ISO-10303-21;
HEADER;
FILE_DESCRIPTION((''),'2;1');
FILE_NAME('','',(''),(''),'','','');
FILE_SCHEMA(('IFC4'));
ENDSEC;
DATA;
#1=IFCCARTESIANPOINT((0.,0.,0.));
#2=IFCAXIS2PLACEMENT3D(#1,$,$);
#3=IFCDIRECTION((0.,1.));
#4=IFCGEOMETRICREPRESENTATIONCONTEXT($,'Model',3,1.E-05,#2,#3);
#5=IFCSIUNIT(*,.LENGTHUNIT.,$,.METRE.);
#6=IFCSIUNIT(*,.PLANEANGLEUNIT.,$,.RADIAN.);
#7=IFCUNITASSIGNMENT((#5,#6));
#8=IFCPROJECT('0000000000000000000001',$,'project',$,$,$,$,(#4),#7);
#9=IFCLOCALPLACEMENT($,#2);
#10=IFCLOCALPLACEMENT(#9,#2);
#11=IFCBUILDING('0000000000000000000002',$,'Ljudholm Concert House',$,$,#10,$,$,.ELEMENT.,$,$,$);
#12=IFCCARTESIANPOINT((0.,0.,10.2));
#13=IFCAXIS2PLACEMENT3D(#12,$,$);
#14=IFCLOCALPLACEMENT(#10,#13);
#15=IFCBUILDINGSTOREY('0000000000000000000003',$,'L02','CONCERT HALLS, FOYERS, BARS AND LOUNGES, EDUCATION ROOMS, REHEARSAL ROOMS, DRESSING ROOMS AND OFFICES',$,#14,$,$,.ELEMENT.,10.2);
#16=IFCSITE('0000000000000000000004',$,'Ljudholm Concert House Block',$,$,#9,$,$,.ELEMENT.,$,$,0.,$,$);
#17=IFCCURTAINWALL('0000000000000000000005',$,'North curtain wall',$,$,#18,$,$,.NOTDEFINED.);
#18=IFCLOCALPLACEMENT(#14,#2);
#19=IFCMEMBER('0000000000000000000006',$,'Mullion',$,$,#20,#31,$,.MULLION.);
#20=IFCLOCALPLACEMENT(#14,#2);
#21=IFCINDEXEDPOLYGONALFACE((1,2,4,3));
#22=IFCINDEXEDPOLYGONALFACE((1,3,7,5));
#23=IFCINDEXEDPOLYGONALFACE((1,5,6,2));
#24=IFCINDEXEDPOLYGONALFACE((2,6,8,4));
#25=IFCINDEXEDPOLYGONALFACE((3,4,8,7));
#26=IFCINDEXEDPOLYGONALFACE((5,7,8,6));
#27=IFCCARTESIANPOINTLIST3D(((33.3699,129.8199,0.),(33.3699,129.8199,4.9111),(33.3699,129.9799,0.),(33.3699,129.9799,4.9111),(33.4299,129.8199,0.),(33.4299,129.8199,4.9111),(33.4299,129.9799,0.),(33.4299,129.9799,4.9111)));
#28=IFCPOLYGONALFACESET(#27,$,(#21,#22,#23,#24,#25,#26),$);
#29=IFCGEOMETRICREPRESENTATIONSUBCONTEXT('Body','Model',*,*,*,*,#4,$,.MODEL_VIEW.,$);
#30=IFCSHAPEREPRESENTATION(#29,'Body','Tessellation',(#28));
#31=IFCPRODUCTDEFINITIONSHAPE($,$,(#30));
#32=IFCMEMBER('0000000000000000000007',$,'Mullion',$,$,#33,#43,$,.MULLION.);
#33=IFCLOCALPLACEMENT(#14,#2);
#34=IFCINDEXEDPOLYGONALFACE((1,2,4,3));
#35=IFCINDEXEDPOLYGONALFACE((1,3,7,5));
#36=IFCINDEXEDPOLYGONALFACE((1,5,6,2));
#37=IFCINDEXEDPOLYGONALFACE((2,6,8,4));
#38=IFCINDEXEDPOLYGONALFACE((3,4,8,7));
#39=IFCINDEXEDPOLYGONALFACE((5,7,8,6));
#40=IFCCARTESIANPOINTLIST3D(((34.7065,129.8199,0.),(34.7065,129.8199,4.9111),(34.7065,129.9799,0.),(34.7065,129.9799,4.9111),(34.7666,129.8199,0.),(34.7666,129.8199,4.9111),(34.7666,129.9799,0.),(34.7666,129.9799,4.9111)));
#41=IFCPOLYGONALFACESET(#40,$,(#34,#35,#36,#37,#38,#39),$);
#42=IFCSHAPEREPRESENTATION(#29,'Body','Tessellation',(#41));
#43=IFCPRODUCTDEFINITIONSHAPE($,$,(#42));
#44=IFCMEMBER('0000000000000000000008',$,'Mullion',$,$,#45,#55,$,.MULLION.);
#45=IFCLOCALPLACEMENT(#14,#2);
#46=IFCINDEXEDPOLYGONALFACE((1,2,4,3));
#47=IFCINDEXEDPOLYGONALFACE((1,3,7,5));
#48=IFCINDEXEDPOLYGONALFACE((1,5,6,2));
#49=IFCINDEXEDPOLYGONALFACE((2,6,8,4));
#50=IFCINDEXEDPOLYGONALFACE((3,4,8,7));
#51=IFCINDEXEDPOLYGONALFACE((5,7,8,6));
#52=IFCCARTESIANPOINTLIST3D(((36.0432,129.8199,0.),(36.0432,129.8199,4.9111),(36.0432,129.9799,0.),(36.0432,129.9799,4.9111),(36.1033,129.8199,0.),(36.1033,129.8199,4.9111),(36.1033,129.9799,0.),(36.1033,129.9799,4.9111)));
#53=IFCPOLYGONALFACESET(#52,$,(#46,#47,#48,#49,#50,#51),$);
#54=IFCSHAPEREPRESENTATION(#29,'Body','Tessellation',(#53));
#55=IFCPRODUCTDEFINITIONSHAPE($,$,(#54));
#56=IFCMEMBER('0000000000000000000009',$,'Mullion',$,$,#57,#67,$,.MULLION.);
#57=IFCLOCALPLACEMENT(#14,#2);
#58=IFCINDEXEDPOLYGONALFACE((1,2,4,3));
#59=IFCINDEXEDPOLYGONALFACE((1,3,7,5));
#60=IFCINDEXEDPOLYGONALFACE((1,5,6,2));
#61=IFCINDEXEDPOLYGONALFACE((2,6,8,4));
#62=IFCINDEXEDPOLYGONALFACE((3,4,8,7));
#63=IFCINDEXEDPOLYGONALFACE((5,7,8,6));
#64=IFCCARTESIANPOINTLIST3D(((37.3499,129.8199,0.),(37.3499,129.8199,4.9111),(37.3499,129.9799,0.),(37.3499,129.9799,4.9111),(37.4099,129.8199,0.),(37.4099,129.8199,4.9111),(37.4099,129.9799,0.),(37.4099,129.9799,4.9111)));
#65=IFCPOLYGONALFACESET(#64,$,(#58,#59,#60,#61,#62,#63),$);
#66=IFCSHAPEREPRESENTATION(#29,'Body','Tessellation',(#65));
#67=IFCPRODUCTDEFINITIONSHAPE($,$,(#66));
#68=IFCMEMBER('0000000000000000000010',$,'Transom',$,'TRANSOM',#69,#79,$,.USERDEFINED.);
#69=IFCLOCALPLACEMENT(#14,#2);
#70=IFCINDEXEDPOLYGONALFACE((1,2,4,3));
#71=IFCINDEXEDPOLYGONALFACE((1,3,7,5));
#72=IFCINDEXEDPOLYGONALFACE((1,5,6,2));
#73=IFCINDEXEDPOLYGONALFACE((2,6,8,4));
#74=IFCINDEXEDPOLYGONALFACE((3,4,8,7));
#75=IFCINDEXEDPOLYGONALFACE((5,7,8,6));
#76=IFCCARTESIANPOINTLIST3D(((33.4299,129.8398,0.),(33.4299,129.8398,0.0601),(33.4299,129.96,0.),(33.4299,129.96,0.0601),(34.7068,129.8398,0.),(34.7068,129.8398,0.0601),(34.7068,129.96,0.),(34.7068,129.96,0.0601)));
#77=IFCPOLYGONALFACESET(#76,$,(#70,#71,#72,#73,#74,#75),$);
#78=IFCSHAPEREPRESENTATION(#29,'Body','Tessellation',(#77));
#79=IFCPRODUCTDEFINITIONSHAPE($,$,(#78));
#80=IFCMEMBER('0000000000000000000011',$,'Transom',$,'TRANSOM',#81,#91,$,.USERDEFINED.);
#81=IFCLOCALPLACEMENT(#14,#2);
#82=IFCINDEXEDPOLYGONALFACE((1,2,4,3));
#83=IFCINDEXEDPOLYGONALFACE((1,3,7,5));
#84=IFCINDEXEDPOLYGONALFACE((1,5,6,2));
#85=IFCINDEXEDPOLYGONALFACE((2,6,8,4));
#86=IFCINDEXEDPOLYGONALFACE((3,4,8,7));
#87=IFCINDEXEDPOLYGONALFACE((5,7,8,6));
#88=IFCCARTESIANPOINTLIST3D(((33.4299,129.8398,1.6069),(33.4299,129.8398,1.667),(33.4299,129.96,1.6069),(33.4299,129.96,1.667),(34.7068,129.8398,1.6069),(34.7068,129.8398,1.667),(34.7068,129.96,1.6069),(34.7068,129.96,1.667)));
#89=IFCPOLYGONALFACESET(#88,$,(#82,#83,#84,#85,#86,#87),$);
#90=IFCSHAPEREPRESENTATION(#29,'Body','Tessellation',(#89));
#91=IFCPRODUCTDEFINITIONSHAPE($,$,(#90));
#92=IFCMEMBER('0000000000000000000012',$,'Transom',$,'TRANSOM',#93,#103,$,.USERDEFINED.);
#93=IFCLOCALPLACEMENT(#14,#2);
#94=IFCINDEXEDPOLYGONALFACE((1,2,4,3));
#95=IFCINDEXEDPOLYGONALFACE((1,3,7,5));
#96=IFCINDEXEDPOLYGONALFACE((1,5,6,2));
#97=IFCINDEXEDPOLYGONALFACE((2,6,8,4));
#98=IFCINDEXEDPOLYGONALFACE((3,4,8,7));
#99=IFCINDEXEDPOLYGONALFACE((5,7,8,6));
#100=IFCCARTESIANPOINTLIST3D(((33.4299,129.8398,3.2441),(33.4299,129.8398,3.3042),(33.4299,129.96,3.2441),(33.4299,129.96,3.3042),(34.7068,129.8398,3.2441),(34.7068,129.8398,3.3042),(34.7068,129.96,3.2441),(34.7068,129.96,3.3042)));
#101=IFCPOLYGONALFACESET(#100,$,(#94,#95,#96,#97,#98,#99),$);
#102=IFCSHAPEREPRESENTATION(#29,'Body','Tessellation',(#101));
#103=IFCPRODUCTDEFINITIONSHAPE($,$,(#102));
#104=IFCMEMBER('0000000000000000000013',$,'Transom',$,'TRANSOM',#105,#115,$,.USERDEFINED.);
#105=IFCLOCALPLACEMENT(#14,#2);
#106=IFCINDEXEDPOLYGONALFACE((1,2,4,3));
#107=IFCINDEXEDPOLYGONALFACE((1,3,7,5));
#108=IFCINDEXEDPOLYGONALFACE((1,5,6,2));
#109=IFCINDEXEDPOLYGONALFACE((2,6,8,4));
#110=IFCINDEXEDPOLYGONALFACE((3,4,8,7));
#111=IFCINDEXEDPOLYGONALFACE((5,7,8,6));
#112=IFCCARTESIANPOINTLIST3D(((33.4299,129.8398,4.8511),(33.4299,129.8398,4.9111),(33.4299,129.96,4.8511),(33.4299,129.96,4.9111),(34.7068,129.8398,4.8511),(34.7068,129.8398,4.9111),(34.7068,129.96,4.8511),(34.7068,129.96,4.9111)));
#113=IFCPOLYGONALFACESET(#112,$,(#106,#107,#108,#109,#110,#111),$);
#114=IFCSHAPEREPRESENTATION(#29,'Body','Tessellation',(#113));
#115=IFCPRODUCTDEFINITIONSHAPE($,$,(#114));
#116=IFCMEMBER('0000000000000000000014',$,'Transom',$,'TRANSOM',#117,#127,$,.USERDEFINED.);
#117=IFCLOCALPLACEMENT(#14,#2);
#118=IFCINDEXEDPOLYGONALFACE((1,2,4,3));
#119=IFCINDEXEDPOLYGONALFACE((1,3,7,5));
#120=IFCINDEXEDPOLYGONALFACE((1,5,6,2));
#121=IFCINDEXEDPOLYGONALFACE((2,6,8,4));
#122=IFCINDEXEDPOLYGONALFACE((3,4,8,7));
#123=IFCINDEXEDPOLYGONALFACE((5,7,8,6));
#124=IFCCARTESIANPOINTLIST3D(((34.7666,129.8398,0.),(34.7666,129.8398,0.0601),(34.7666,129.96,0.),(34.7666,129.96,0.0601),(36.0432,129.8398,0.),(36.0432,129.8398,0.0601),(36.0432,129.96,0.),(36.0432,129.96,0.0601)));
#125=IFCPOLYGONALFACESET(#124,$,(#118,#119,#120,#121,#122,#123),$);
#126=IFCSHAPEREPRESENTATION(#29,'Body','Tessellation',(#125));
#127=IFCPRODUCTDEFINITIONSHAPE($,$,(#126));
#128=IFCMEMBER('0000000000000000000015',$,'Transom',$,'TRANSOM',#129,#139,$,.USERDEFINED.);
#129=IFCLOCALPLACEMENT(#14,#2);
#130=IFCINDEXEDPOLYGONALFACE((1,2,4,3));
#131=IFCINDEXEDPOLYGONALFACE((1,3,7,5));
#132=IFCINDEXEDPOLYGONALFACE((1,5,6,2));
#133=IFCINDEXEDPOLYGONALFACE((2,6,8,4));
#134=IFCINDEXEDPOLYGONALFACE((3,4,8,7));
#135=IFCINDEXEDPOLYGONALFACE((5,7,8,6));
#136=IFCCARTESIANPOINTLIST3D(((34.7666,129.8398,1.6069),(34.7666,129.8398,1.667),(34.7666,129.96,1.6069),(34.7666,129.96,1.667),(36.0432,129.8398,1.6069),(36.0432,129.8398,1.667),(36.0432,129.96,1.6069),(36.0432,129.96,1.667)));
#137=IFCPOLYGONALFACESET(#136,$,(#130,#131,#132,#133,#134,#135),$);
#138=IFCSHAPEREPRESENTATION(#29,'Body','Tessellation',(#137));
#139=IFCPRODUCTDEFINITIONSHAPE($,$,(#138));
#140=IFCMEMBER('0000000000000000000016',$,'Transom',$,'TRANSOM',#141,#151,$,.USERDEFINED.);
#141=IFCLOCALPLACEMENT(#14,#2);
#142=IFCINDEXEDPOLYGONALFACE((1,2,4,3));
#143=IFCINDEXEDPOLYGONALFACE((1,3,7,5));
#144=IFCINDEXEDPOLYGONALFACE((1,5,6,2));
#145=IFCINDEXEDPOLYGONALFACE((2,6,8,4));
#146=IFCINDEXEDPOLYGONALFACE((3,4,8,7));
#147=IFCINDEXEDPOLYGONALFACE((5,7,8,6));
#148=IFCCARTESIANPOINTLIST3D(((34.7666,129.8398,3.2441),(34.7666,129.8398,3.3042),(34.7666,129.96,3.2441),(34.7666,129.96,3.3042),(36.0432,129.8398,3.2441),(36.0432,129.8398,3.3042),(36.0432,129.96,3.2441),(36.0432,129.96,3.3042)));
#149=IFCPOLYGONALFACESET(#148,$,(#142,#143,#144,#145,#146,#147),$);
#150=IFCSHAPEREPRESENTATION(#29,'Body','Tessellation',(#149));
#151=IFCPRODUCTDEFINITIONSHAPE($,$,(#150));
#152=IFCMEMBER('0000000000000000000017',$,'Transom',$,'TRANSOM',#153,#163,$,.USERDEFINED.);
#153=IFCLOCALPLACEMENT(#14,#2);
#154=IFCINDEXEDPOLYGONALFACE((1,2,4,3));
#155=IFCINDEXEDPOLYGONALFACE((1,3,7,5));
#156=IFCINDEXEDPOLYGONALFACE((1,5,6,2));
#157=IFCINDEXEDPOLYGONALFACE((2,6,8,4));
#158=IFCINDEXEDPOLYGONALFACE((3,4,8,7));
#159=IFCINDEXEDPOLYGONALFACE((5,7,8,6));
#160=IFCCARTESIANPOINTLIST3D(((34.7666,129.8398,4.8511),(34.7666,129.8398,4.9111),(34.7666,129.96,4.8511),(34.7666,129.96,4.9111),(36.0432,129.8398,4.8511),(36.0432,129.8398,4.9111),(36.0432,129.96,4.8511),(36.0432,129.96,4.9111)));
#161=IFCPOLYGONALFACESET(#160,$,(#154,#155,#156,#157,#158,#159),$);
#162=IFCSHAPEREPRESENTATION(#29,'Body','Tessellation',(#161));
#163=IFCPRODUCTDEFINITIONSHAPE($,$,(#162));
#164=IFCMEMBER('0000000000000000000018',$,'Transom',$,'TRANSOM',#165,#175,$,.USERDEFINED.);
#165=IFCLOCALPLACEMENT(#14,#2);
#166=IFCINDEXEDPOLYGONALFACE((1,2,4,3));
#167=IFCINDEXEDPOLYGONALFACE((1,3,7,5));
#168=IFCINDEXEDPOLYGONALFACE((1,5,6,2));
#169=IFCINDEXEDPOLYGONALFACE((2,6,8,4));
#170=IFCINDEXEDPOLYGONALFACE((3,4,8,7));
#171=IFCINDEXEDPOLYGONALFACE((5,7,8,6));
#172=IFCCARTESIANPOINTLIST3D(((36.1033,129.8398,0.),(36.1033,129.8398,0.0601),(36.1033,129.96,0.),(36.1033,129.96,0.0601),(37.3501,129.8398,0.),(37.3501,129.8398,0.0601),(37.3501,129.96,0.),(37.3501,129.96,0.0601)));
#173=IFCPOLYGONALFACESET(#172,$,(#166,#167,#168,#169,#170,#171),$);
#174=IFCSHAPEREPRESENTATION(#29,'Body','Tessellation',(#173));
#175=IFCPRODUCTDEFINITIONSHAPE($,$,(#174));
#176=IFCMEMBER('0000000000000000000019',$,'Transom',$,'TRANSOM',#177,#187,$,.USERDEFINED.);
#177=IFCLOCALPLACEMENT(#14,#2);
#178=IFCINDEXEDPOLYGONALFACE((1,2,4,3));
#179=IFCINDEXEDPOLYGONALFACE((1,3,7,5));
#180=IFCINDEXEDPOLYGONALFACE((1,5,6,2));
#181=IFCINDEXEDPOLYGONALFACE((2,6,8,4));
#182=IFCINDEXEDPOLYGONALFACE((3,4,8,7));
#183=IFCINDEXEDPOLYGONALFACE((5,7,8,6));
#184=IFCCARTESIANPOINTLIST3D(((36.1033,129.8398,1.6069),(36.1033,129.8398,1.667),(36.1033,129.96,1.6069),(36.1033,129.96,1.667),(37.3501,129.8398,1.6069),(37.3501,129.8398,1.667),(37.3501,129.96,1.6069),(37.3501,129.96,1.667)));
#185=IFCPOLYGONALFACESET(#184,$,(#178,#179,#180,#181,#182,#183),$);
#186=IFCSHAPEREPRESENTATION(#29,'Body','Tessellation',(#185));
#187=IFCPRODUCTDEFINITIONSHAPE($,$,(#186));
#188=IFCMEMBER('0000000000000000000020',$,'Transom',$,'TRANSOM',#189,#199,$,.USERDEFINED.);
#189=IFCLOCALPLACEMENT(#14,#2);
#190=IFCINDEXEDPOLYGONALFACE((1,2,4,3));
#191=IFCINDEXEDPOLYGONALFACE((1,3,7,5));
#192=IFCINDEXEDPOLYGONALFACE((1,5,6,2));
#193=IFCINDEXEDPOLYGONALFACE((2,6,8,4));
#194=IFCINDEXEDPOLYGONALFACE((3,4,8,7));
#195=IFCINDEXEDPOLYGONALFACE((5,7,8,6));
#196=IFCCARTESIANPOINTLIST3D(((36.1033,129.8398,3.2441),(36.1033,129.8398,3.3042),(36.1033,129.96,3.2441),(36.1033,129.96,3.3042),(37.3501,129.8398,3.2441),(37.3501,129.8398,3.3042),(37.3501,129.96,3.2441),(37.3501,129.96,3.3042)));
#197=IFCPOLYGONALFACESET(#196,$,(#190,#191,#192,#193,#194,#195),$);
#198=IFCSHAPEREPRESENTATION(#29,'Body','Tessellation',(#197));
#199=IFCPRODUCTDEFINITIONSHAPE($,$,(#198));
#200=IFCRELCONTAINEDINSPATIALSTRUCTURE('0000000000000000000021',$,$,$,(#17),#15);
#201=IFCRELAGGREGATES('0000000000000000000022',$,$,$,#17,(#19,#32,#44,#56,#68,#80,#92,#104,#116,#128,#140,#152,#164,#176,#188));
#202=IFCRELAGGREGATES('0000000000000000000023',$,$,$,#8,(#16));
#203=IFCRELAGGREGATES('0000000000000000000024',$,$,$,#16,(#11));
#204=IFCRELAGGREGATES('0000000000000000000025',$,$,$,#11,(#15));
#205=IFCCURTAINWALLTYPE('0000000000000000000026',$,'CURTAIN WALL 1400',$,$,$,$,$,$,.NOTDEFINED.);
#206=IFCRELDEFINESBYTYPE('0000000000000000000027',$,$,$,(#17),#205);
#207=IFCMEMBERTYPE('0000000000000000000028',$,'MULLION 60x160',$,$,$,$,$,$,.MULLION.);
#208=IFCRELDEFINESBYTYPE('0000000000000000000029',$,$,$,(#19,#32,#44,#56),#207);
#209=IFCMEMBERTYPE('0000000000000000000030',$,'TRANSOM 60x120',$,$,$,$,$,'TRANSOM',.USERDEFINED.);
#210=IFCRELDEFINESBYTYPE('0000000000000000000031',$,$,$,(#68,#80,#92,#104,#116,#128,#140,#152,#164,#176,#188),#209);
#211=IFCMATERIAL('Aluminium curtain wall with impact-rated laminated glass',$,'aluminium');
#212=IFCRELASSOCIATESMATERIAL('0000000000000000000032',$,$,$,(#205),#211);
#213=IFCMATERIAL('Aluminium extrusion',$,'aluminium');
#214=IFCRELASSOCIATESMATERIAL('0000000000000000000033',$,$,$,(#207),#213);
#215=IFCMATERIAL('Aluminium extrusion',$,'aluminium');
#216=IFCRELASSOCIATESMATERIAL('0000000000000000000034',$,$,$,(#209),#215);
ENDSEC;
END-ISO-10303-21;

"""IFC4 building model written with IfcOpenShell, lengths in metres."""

from ifc_helpers import new_model, si_unit, direction, frame, origin, origin_2d, place, context, subcontext, project, spatial, rectangle, extrude, material, material_profile, profile_set, type_object, element, aggregate, save


model = new_model("IFC4")

# Units and contexts
model_context = context("Model", 3, precision=1e-05, world=origin(), true_north=direction((0.0, 1.0)))
body_context = subcontext(model_context, "Body", "Model", "MODEL_VIEW")
ifc_project = project(units=[si_unit("LENGTHUNIT", "METRE"), si_unit("PLANEANGLEUNIT", "RADIAN")], contexts=[model_context])

# Site, building, storey
site_placement = place(None, origin())
site = spatial("IfcSite", under=ifc_project, at=site_placement, Name="Ljudholm Concert House Block", CompositionType="ELEMENT", RefElevation=0.0)
building_placement = place(site_placement, origin())
building = spatial("IfcBuilding", under=site, at=building_placement, Name="Ljudholm Concert House", CompositionType="ELEMENT")
storey_placement = place(building_placement, frame((0.0, 0.0, 10.2)))
storey = spatial("IfcBuildingStorey", under=building, at=storey_placement, Name="L02", Description="CONCERT HALLS, FOYERS, BARS AND LOUNGES, EDUCATION ROOMS, REHEARSAL ROOMS, DRESSING ROOMS AND OFFICES", CompositionType="ELEMENT", Elevation=10.2)

# Curtain wall, members
ifc_material_1 = material(Name="Aluminium curtain wall with impact-rated laminated glass", Category="aluminium")
curtain_wall_type = type_object("IfcCurtainWallType", Name="CURTAIN WALL 1400", PredefinedType="NOTDEFINED", material=ifc_material_1)
curtain_wall_placement = place(storey_placement, origin())
curtain_wall = element("IfcCurtainWall", 1, at=curtain_wall_placement, inside=storey, type_object=curtain_wall_type, Name="North curtain wall", PredefinedType="NOTDEFINED")
ifc_material_2 = material(Name="Aluminium extrusion", Category="aluminium")
ifc_material_profile_1 = material_profile(ifc_material_2, rectangle(XDim=0.1599, YDim=0.0601, at=origin_2d()), Name="MULLION 60x160")
ifc_profile_set_1 = profile_set([ifc_material_profile_1], Name="Aluminium extrusion")
member_type_1 = type_object("IfcMemberType", Name="MULLION 60x160", PredefinedType="MULLION", material=ifc_profile_set_1)
member_1_placement = place(storey_placement, frame((33.3999, 129.8999, 0.0), z_axis=(0.0, 0.0, 1.0), x_axis=(0.0, 1.0, 0.0)))
member_1 = element("IfcMember", 2, at=member_1_placement, type_object=member_type_1, Name="Mullion", PredefinedType="MULLION", context=body_context, shape_type="SweptSolid", body=[
    extrude(rectangle(XDim=0.1599, YDim=0.0601, at=origin_2d()), origin(), (0.0, 0.0, 1.0), 4.9111),
])
member_2_placement = place(storey_placement, frame((34.7366, 129.8999, 0.0), z_axis=(0.0, 0.0, 1.0), x_axis=(0.0, 1.0, 0.0)))
member_2 = element("IfcMember", 3, at=member_2_placement, type_object=member_type_1, Name="Mullion", PredefinedType="MULLION", context=body_context, shape_type="SweptSolid", body=[
    extrude(rectangle(XDim=0.1599, YDim=0.0601, at=origin_2d()), origin(), (0.0, 0.0, 1.0), 4.9111),
])
member_3_placement = place(storey_placement, frame((36.0732, 129.8999, 0.0), z_axis=(0.0, 0.0, 1.0), x_axis=(0.0, 1.0, 0.0)))
member_3 = element("IfcMember", 4, at=member_3_placement, type_object=member_type_1, Name="Mullion", PredefinedType="MULLION", context=body_context, shape_type="SweptSolid", body=[
    extrude(rectangle(XDim=0.1599, YDim=0.0601, at=origin_2d()), origin(), (0.0, 0.0, 1.0), 4.9111),
])
member_4_placement = place(storey_placement, frame((37.3799, 129.8999, 0.0), z_axis=(0.0, 0.0, 1.0), x_axis=(0.0, 1.0, 0.0)))
member_4 = element("IfcMember", 5, at=member_4_placement, type_object=member_type_1, Name="Mullion", PredefinedType="MULLION", context=body_context, shape_type="SweptSolid", body=[
    extrude(rectangle(XDim=0.1599, YDim=0.0601, at=origin_2d()), origin(), (0.0, 0.0, 1.0), 4.9111),
])
ifc_material_3 = material(Name="Aluminium extrusion", Category="aluminium")
ifc_material_profile_2 = material_profile(ifc_material_3, rectangle(XDim=0.1201, YDim=0.0601, at=origin_2d()), Name="TRANSOM 60x120")
ifc_profile_set_2 = profile_set([ifc_material_profile_2], Name="Aluminium extrusion")
member_type_2 = type_object("IfcMemberType", Name="TRANSOM 60x120", ElementType="TRANSOM", PredefinedType="USERDEFINED", material=ifc_profile_set_2)
member_5_placement = place(storey_placement, frame((33.4299, 129.8999, 0.03), z_axis=(1.0, 0.0, 0.0), x_axis=(0.0, 1.0, 0.0)))
member_5 = element("IfcMember", 6, at=member_5_placement, type_object=member_type_2, Name="Transom", ObjectType="TRANSOM", PredefinedType="USERDEFINED", context=body_context, shape_type="SweptSolid", body=[
    extrude(rectangle(XDim=0.1201, YDim=0.0601, at=origin_2d()), origin(), (0.0, 0.0, 1.0), 1.2769),
])
member_6_placement = place(storey_placement, frame((33.4299, 129.8999, 1.637), z_axis=(1.0, 0.0, 0.0), x_axis=(0.0, 1.0, 0.0)))
member_6 = element("IfcMember", 7, at=member_6_placement, type_object=member_type_2, Name="Transom", ObjectType="TRANSOM", PredefinedType="USERDEFINED", context=body_context, shape_type="SweptSolid", body=[
    extrude(rectangle(XDim=0.1201, YDim=0.0601, at=origin_2d()), origin(), (0.0, 0.0, 1.0), 1.2769),
])
member_7_placement = place(storey_placement, frame((33.4299, 129.8999, 3.2742), z_axis=(1.0, 0.0, 0.0), x_axis=(0.0, 1.0, 0.0)))
member_7 = element("IfcMember", 8, at=member_7_placement, type_object=member_type_2, Name="Transom", ObjectType="TRANSOM", PredefinedType="USERDEFINED", context=body_context, shape_type="SweptSolid", body=[
    extrude(rectangle(XDim=0.1201, YDim=0.0601, at=origin_2d()), origin(), (0.0, 0.0, 1.0), 1.2769),
])
member_8_placement = place(storey_placement, frame((33.4299, 129.8999, 4.8811), z_axis=(1.0, 0.0, 0.0), x_axis=(0.0, 1.0, 0.0)))
member_8 = element("IfcMember", 9, at=member_8_placement, type_object=member_type_2, Name="Transom", ObjectType="TRANSOM", PredefinedType="USERDEFINED", context=body_context, shape_type="SweptSolid", body=[
    extrude(rectangle(XDim=0.1201, YDim=0.0601, at=origin_2d()), origin(), (0.0, 0.0, 1.0), 1.2769),
])
member_9_placement = place(storey_placement, frame((34.7666, 129.8999, 0.03), z_axis=(1.0, 0.0, 0.0), x_axis=(0.0, 1.0, 0.0)))
member_9 = element("IfcMember", 10, at=member_9_placement, type_object=member_type_2, Name="Transom", ObjectType="TRANSOM", PredefinedType="USERDEFINED", context=body_context, shape_type="SweptSolid", body=[
    extrude(rectangle(XDim=0.1201, YDim=0.0601, at=origin_2d()), origin(), (0.0, 0.0, 1.0), 1.2766),
])
member_10_placement = place(storey_placement, frame((34.7666, 129.8999, 1.637), z_axis=(1.0, 0.0, 0.0), x_axis=(0.0, 1.0, 0.0)))
member_10 = element("IfcMember", 11, at=member_10_placement, type_object=member_type_2, Name="Transom", ObjectType="TRANSOM", PredefinedType="USERDEFINED", context=body_context, shape_type="SweptSolid", body=[
    extrude(rectangle(XDim=0.1201, YDim=0.0601, at=origin_2d()), origin(), (0.0, 0.0, 1.0), 1.2766),
])
member_11_placement = place(storey_placement, frame((34.7666, 129.8999, 3.2742), z_axis=(1.0, 0.0, 0.0), x_axis=(0.0, 1.0, 0.0)))
member_11 = element("IfcMember", 12, at=member_11_placement, type_object=member_type_2, Name="Transom", ObjectType="TRANSOM", PredefinedType="USERDEFINED", context=body_context, shape_type="SweptSolid", body=[
    extrude(rectangle(XDim=0.1201, YDim=0.0601, at=origin_2d()), origin(), (0.0, 0.0, 1.0), 1.2766),
])
member_12_placement = place(storey_placement, frame((34.7666, 129.8999, 4.8811), z_axis=(1.0, 0.0, 0.0), x_axis=(0.0, 1.0, 0.0)))
member_12 = element("IfcMember", 13, at=member_12_placement, type_object=member_type_2, Name="Transom", ObjectType="TRANSOM", PredefinedType="USERDEFINED", context=body_context, shape_type="SweptSolid", body=[
    extrude(rectangle(XDim=0.1201, YDim=0.0601, at=origin_2d()), origin(), (0.0, 0.0, 1.0), 1.2766),
])
member_13_placement = place(storey_placement, frame((36.1033, 129.8999, 0.03), z_axis=(1.0, 0.0, 0.0), x_axis=(0.0, 1.0, 0.0)))
member_13 = element("IfcMember", 14, at=member_13_placement, type_object=member_type_2, Name="Transom", ObjectType="TRANSOM", PredefinedType="USERDEFINED", context=body_context, shape_type="SweptSolid", body=[
    extrude(rectangle(XDim=0.1201, YDim=0.0601, at=origin_2d()), origin(), (0.0, 0.0, 1.0), 1.2468),
])
member_14_placement = place(storey_placement, frame((36.1033, 129.8999, 1.637), z_axis=(1.0, 0.0, 0.0), x_axis=(0.0, 1.0, 0.0)))
member_14 = element("IfcMember", 15, at=member_14_placement, type_object=member_type_2, Name="Transom", ObjectType="TRANSOM", PredefinedType="USERDEFINED", context=body_context, shape_type="SweptSolid", body=[
    extrude(rectangle(XDim=0.1201, YDim=0.0601, at=origin_2d()), origin(), (0.0, 0.0, 1.0), 1.2468),
])
member_15_placement = place(storey_placement, frame((36.1033, 129.8999, 3.2742), z_axis=(1.0, 0.0, 0.0), x_axis=(0.0, 1.0, 0.0)))
member_15 = element("IfcMember", 16, at=member_15_placement, type_object=member_type_2, Name="Transom", ObjectType="TRANSOM", PredefinedType="USERDEFINED", context=body_context, shape_type="SweptSolid", body=[
    extrude(rectangle(XDim=0.1201, YDim=0.0601, at=origin_2d()), origin(), (0.0, 0.0, 1.0), 1.2468),
])
aggregate(curtain_wall, [member_1, member_2, member_3, member_4, member_5, member_6, member_7, member_8, member_9, member_10, member_11, member_12, member_13, member_14, member_15])

save(model, "model.ifc")
